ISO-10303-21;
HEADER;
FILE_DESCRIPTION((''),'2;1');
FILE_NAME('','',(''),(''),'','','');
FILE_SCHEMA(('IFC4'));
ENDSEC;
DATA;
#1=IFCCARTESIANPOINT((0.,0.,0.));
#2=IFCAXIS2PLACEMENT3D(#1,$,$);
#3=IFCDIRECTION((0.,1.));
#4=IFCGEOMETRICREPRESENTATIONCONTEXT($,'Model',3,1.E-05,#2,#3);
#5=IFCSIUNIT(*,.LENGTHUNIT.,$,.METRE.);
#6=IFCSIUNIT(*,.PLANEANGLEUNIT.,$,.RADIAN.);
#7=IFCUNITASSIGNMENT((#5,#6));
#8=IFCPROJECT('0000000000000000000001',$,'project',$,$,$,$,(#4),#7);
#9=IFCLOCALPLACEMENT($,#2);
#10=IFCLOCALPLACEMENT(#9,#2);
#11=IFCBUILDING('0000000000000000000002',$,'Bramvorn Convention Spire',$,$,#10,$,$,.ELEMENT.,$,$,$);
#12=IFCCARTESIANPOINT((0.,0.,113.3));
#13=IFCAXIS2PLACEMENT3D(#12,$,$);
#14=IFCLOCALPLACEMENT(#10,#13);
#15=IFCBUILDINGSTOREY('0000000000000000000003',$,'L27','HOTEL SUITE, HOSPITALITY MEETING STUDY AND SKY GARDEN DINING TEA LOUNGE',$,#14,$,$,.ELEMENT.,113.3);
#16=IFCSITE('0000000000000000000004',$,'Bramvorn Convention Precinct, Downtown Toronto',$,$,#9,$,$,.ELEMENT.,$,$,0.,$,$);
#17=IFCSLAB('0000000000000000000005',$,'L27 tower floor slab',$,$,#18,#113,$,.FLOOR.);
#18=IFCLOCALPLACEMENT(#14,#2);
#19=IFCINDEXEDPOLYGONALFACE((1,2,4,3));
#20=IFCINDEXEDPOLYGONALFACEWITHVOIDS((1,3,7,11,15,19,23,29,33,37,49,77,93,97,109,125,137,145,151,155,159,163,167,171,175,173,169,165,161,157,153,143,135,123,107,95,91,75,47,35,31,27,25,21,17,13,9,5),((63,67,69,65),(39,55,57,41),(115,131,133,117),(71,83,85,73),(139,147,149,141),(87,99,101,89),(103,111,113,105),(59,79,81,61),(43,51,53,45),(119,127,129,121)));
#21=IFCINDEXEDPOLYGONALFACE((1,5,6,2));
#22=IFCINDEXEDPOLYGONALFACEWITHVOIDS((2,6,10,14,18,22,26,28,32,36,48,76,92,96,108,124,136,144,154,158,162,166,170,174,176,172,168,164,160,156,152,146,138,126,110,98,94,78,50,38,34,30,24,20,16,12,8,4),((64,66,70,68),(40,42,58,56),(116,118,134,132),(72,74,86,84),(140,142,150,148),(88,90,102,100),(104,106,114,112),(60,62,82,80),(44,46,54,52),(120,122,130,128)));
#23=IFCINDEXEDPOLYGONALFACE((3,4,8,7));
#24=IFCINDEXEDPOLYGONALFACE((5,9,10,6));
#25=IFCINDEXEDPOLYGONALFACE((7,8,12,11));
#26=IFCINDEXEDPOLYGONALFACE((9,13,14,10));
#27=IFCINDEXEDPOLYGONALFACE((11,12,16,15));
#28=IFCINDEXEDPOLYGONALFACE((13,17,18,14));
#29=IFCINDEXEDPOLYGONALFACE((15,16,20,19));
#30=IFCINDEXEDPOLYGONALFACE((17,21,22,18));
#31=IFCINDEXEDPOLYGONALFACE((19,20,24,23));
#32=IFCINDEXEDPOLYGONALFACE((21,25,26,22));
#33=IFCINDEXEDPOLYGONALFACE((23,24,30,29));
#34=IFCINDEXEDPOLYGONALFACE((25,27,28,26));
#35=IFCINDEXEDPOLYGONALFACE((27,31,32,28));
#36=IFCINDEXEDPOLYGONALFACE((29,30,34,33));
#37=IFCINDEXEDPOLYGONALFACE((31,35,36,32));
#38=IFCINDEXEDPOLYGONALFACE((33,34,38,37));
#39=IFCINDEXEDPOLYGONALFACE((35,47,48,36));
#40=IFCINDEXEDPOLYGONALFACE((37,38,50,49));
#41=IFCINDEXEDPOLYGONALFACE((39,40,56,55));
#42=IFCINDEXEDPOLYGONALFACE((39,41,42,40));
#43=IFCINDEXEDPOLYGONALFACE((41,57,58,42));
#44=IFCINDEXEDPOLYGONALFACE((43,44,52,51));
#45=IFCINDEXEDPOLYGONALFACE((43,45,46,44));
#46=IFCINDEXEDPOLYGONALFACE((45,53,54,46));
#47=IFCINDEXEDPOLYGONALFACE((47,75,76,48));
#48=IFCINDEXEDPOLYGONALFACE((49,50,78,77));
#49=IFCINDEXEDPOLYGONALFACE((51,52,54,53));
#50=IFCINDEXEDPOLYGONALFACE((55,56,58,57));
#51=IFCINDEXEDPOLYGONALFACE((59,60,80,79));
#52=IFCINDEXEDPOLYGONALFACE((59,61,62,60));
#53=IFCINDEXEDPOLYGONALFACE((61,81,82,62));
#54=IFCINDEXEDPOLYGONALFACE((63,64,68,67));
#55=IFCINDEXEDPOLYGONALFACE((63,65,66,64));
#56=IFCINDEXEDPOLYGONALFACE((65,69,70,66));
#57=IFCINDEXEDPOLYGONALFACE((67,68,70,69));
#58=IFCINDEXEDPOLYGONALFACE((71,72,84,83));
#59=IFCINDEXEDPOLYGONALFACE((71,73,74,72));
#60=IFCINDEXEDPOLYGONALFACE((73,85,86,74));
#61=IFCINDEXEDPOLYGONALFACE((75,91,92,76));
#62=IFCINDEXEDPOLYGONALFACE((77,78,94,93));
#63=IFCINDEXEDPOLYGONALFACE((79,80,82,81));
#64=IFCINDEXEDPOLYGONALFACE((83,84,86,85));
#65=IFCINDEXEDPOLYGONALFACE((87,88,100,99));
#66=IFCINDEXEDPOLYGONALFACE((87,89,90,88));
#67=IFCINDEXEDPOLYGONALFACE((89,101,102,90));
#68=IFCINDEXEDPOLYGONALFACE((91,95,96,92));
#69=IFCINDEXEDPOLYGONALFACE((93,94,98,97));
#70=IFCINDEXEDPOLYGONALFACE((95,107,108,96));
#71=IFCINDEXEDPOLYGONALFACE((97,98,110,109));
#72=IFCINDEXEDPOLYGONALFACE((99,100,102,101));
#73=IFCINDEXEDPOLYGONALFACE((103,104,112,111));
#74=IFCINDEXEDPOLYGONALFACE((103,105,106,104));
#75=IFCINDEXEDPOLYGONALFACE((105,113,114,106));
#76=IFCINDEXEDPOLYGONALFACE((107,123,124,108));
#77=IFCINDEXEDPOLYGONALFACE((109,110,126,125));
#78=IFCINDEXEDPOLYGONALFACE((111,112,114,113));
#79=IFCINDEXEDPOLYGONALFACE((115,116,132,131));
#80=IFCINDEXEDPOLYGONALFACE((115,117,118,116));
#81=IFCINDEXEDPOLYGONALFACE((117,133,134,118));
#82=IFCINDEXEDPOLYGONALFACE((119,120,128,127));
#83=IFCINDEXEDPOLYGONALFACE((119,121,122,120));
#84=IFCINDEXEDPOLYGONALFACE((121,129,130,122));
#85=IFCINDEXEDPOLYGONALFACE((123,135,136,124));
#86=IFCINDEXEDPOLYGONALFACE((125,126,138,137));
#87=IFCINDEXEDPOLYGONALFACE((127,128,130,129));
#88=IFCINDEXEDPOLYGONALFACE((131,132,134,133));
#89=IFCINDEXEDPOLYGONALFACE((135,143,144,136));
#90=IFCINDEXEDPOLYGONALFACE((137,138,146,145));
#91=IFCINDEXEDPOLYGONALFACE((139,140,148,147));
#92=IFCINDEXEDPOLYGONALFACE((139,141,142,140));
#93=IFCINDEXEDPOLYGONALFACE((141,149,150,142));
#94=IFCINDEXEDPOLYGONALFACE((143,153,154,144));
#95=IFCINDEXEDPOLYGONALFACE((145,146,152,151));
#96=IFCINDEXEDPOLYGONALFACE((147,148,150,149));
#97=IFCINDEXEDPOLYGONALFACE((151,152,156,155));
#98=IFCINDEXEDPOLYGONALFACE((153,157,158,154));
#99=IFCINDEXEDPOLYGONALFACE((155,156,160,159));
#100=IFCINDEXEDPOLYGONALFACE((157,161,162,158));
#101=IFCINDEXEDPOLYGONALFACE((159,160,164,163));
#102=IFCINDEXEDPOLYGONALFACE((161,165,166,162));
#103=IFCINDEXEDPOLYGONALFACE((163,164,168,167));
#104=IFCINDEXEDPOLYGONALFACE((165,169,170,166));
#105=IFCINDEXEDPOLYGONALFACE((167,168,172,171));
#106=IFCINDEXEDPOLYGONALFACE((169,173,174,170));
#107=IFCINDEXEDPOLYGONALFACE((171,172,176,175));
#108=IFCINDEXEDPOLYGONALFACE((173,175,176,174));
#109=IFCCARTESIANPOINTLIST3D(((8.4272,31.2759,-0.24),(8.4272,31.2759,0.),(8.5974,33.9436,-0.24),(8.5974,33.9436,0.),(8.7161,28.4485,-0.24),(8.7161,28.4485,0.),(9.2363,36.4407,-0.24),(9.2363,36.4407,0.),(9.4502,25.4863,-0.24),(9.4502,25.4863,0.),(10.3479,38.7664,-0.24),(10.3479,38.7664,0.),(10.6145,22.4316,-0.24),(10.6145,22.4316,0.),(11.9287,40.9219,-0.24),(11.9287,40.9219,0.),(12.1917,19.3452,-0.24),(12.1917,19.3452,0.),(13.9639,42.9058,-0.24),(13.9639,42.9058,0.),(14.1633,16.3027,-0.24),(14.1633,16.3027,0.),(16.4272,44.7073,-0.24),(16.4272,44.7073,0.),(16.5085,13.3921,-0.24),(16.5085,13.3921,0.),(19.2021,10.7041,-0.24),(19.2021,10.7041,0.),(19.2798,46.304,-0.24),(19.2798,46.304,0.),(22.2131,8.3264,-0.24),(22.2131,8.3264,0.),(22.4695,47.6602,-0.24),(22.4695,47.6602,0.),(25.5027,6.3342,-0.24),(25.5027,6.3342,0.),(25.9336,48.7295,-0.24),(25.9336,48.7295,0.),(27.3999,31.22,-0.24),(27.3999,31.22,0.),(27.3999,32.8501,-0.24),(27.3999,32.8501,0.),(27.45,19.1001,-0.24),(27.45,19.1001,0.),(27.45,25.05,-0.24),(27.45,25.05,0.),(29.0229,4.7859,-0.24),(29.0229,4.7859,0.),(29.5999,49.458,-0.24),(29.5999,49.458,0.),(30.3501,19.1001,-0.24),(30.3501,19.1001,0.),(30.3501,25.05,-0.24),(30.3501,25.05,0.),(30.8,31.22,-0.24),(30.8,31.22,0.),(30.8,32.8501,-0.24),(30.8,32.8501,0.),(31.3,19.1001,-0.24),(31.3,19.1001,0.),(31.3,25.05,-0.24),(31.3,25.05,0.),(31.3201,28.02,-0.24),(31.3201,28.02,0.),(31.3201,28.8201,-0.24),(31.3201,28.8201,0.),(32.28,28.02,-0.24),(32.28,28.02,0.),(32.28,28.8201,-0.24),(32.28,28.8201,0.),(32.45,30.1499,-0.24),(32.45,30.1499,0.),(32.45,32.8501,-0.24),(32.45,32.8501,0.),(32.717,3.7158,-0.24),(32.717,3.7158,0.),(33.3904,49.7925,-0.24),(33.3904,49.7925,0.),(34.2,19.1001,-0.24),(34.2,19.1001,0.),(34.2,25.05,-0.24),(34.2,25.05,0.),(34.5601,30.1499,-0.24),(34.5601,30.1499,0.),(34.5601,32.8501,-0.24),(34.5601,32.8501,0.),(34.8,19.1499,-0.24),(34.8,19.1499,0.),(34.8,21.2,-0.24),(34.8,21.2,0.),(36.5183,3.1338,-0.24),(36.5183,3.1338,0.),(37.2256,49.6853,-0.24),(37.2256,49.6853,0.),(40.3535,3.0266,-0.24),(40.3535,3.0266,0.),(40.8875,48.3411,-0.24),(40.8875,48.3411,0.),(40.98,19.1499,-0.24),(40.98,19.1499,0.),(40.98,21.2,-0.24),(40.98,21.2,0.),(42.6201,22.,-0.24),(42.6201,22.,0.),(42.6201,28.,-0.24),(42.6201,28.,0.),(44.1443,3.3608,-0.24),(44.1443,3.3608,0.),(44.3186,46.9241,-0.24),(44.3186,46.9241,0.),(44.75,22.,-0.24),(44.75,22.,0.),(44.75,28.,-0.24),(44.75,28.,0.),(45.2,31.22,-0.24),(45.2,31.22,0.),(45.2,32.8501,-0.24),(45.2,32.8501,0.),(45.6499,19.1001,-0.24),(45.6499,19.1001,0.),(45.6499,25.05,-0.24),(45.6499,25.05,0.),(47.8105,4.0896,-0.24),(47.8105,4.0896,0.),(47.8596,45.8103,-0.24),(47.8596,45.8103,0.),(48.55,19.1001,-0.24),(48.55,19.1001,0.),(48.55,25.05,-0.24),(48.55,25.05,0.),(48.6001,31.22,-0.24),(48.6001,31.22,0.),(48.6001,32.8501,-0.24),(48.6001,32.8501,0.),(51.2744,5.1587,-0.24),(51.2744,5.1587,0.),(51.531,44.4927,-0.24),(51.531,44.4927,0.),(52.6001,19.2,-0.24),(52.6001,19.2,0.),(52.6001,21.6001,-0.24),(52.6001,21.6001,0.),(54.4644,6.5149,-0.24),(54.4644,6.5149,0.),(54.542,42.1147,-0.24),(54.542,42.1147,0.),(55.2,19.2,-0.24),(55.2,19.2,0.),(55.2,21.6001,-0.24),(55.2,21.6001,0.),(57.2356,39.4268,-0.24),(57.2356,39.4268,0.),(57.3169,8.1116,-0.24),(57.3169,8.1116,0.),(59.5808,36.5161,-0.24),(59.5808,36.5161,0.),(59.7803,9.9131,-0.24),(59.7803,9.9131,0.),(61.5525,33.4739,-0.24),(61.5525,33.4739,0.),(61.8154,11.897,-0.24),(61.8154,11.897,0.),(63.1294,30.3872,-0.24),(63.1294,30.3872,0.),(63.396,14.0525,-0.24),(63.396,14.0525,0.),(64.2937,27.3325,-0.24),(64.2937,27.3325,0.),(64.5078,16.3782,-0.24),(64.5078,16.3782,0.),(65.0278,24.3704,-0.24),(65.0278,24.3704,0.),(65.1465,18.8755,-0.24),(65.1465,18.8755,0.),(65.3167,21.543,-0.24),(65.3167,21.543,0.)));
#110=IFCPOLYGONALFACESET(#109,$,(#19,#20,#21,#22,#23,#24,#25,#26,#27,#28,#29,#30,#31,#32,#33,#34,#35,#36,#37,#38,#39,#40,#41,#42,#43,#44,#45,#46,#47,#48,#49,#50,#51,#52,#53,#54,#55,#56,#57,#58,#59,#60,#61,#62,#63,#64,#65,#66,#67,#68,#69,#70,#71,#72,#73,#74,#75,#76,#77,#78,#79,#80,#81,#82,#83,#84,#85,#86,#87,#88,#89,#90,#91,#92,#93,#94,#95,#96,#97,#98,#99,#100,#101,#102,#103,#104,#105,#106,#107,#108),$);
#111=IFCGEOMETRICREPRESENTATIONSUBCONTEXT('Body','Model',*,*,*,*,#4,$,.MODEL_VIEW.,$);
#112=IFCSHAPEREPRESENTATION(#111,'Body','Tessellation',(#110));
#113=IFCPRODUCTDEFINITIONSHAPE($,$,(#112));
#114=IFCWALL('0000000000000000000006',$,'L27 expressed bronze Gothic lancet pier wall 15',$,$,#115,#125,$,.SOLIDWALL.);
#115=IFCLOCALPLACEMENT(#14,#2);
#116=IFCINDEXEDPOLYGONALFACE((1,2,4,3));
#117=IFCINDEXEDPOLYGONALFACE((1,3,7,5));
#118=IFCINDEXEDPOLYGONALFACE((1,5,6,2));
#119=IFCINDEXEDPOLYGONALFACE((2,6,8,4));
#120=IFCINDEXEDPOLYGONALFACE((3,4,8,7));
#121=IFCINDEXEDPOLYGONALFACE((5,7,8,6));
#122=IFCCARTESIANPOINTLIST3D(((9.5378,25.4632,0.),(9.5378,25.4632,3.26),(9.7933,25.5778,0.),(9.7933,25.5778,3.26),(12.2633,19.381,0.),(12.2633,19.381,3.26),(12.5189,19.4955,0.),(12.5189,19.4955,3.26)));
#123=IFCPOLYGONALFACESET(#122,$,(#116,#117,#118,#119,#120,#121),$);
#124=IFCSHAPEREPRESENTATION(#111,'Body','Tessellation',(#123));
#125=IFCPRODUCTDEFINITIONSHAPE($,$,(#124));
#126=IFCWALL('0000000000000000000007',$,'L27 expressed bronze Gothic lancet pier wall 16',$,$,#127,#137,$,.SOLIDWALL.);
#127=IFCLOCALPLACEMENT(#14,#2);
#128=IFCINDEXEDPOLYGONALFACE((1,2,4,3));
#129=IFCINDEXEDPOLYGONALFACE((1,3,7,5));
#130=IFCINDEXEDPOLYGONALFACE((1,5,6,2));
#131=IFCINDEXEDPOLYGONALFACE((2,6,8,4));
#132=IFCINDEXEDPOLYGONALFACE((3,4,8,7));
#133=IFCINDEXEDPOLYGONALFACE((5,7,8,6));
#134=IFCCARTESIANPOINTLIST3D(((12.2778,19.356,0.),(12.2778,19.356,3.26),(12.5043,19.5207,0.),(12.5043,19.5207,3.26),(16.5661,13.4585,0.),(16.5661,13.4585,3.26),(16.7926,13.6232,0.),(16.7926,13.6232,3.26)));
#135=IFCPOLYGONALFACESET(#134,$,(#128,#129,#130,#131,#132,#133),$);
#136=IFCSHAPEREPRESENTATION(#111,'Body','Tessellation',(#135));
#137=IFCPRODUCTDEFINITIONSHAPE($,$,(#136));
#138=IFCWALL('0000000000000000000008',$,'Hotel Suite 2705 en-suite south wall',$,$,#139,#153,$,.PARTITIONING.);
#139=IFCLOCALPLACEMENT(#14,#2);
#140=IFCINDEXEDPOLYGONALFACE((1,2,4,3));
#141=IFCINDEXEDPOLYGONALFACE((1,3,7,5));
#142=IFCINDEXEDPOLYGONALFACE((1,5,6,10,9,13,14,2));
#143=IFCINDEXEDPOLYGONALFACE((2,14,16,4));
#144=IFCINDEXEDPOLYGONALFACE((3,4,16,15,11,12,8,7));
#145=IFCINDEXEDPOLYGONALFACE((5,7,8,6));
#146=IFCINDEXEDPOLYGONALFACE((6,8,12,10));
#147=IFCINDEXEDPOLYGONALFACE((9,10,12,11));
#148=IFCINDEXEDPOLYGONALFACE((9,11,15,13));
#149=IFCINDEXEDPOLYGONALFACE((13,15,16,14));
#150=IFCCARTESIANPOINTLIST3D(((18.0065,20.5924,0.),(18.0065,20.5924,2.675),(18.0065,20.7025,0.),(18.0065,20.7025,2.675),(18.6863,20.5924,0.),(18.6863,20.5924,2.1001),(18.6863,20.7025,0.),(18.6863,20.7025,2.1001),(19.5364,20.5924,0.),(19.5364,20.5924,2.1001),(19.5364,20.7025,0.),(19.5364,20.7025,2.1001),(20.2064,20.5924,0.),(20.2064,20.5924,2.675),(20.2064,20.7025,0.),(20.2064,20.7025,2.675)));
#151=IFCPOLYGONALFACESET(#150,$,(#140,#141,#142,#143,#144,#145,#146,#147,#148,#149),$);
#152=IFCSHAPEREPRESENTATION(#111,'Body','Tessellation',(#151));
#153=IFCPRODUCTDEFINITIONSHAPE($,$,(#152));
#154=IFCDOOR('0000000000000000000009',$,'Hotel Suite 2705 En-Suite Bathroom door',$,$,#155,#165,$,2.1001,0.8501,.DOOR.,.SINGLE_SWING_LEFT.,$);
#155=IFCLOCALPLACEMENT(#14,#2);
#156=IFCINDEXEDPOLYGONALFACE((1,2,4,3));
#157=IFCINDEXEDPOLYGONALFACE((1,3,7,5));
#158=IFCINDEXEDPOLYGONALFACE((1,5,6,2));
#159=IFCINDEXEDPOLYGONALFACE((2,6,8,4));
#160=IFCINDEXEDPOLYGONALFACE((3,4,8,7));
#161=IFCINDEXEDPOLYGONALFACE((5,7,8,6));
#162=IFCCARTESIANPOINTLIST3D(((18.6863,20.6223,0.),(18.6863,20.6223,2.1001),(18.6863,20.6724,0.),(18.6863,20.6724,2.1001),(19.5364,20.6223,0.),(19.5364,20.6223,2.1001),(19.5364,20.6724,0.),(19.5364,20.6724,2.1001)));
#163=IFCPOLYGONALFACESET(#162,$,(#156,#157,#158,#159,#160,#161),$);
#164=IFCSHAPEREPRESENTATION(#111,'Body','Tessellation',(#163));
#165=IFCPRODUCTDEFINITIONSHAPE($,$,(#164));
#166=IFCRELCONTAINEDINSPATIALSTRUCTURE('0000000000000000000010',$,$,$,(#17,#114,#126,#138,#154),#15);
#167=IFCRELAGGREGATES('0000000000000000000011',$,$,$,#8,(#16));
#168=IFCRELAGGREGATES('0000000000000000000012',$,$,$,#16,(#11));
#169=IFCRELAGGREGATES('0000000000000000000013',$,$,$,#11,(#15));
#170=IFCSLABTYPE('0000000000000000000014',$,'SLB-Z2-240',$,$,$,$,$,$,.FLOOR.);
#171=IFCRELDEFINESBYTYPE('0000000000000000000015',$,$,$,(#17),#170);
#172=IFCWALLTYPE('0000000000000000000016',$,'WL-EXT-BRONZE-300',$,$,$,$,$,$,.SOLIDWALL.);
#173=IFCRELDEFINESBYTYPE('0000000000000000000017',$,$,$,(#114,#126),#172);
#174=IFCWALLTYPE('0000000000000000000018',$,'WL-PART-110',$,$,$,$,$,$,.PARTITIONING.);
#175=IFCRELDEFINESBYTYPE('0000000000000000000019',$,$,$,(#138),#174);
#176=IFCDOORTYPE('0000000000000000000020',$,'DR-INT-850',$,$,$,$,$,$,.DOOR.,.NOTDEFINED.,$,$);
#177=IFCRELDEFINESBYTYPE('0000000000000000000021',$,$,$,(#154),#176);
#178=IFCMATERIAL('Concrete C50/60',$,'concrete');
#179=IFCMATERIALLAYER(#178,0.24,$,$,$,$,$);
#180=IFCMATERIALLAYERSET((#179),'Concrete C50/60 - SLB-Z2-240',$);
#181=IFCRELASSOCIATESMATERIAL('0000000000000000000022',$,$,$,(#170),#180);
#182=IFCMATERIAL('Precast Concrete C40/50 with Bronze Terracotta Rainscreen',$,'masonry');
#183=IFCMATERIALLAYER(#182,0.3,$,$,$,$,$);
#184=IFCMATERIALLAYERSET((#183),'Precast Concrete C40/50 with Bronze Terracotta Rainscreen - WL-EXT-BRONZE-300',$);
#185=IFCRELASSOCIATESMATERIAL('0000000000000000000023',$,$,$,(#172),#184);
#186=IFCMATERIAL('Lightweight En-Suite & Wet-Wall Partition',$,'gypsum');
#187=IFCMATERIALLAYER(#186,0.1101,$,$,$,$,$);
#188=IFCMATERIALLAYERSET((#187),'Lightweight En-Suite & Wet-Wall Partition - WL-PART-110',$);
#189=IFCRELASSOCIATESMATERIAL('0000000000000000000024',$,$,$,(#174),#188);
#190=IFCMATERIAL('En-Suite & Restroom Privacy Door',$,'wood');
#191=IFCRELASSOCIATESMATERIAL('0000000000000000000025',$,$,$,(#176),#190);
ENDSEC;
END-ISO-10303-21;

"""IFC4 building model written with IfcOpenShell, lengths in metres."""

from ifc_helpers import new_model, si_unit, direction, frame, frame_2d, origin, place, context, subcontext, project, spatial, polyline, rectangle, outline, extrude, material, layer, layer_set, type_object, element, fill, save


model = new_model("IFC4")

# Units and contexts
model_context = context("Model", 3, precision=1e-05, world=origin(), true_north=direction((0.0, 1.0)))
body_context = subcontext(model_context, "Body", "Model", "MODEL_VIEW")
ifc_project = project(units=[si_unit("LENGTHUNIT", "METRE"), si_unit("PLANEANGLEUNIT", "RADIAN")], contexts=[model_context])

# Site, building, storey
site_placement = place(None, origin())
site = spatial("IfcSite", under=ifc_project, at=site_placement, Name="Bramvorn Convention Precinct, Downtown Toronto", CompositionType="ELEMENT", RefElevation=0.0)
building_placement = place(site_placement, origin())
building = spatial("IfcBuilding", under=site, at=building_placement, Name="Bramvorn Convention Spire", CompositionType="ELEMENT")
storey_placement = place(building_placement, frame((0.0, 0.0, 113.3)))
storey = spatial("IfcBuildingStorey", under=building, at=storey_placement, Name="L27", Description="HOTEL SUITE, HOSPITALITY MEETING STUDY AND SKY GARDEN DINING TEA LOUNGE", CompositionType="ELEMENT", Elevation=113.3)

# Slab
ifc_material_1 = material(Name="Concrete C50/60", Category="concrete")
ifc_layer_1 = layer(ifc_material_1, 0.24)
ifc_layer_set_1 = layer_set([ifc_layer_1], Name="Concrete C50/60 - SLB-Z2-240")
slab_type_1 = type_object("IfcSlabType", Name="SLB-Z2-240", PredefinedType="FLOOR", material=ifc_layer_set_1)
slab_1_placement = place(storey_placement, frame((0.0, 0.0, -0.24)))
element("IfcSlab", 1, at=slab_1_placement, inside=storey, type_object=slab_type_1, Name="L27 tower floor slab", PredefinedType="FLOOR", context=body_context, shape_type="SweptSolid", body=[
    extrude(outline(polyline([(64.5078, 16.3782), (65.1465, 18.8755), (65.3167, 21.543), (65.0278, 24.3704), (64.2937, 27.3325), (63.1294, 30.3872), (61.5525, 33.4739), (59.5808, 36.5161), (57.2356, 39.4268), (54.542, 42.1147), (51.531, 44.4927), (47.8596, 45.8103), (44.3186, 46.9241), (40.8875, 48.3411), (37.2256, 49.6853), (33.3904, 49.7925), (29.5999, 49.458), (25.9336, 48.7295), (22.4695, 47.6602), (19.2798, 46.304), (16.4272, 44.7073), (13.9639, 42.9058), (11.9287, 40.9219), (10.3479, 38.7664), (9.2363, 36.4407), (8.5974, 33.9436), (8.4272, 31.2759), (8.7161, 28.4485), (9.4502, 25.4863), (10.6145, 22.4316), (12.1917, 19.3452), (14.1633, 16.3027), (16.5085, 13.3921), (19.2021, 10.7041), (22.2131, 8.3264), (25.5027, 6.3342), (29.0229, 4.7859), (32.717, 3.7158), (36.5183, 3.1338), (40.3535, 3.0266), (44.1443, 3.3608), (47.8105, 4.0896), (51.2744, 5.1587), (54.4644, 6.5149), (57.3169, 8.1116), (59.7803, 9.9131), (61.8154, 11.897), (63.396, 14.0525), (64.5078, 16.3782)]), holes=[polyline([(27.45, 25.05), (27.45, 19.1001), (30.3501, 19.1001), (30.3501, 25.05), (27.45, 25.05)]), polyline([(45.6499, 25.05), (45.6499, 19.1001), (48.55, 19.1001), (48.55, 25.05), (45.6499, 25.05)]), polyline([(31.3, 25.05), (31.3, 19.1001), (34.2, 19.1001), (34.2, 25.05), (31.3, 25.05)]), polyline([(27.3999, 31.22), (30.8, 31.22), (30.8, 32.8501), (27.3999, 32.8501), (27.3999, 31.22)]), polyline([(45.2, 31.22), (48.6001, 31.22), (48.6001, 32.8501), (45.2, 32.8501), (45.2, 31.22)]), polyline([(32.45, 30.1499), (34.5601, 30.1499), (34.5601, 32.8501), (32.45, 32.8501), (32.45, 30.1499)]), polyline([(34.8, 19.1499), (40.98, 19.1499), (40.98, 21.2), (34.8, 21.2), (34.8, 19.1499)]), polyline([(42.6201, 22.0), (44.75, 22.0), (44.75, 28.0), (42.6201, 28.0), (42.6201, 22.0)]), polyline([(31.3201, 28.02), (32.28, 28.02), (32.28, 28.8201), (31.3201, 28.8201), (31.3201, 28.02)]), polyline([(52.6001, 19.2), (55.2, 19.2), (55.2, 21.6001), (52.6001, 21.6001), (52.6001, 19.2)])]), origin(), (0.0, 0.0, 1.0), 0.24),
])

# Walls
ifc_material_2 = material(Name="Precast Concrete C40/50 with Bronze Terracotta Rainscreen", Category="masonry")
ifc_layer_2 = layer(ifc_material_2, 0.3)
ifc_layer_set_2 = layer_set([ifc_layer_2], Name="Precast Concrete C40/50 with Bronze Terracotta Rainscreen - WL-EXT-BRONZE-300")
wall_type_1 = type_object("IfcWallType", Name="WL-EXT-BRONZE-300", PredefinedType="SOLIDWALL", material=ifc_layer_set_2)
wall_1_placement = place(storey_placement, frame((12.3911, 19.4382, 0.0), z_axis=(0.0, 0.0, 1.0), x_axis=(-0.408937, 0.912563, 0.0)))
element("IfcWall", 2, at=wall_1_placement, inside=storey, type_object=wall_type_1, Name="L27 expressed bronze Gothic lancet pier wall 15", PredefinedType="SOLIDWALL", context=body_context, shape_type="SweptSolid", body=[
    extrude(rectangle(XDim=6.665, YDim=0.28, at=frame_2d((3.3325, 0.0))), origin(), (0.0, 0.0, 1.0), 3.26),
])
wall_2_placement = place(storey_placement, frame((16.6794, 13.5408, 0.0), z_axis=(0.0, 0.0, 1.0), x_axis=(-0.588106, 0.808784, 0.0)))
element("IfcWall", 3, at=wall_2_placement, inside=storey, type_object=wall_type_1, Name="L27 expressed bronze Gothic lancet pier wall 16", PredefinedType="SOLIDWALL", context=body_context, shape_type="SweptSolid", body=[
    extrude(rectangle(XDim=7.2917, YDim=0.28, at=frame_2d((3.646, 0.0))), origin(), (0.0, 0.0, 1.0), 3.26),
])

# Wall, opening, door
ifc_material_3 = material(Name="Lightweight En-Suite & Wet-Wall Partition", Category="gypsum")
ifc_layer_3 = layer(ifc_material_3, 0.1101)
ifc_layer_set_3 = layer_set([ifc_layer_3], Name="Lightweight En-Suite & Wet-Wall Partition - WL-PART-110")
wall_type_2 = type_object("IfcWallType", Name="WL-PART-110", PredefinedType="PARTITIONING", material=ifc_layer_set_3)
wall_3_placement = place(storey_placement, frame((18.0063, 20.6475, 0.0), z_axis=(0.0, 0.0, 1.0), x_axis=(1.0, 0.0, 0.0)))
wall_3 = element("IfcWall", 4, at=wall_3_placement, inside=storey, type_object=wall_type_2, Name="Hotel Suite 2705 en-suite south wall", PredefinedType="PARTITIONING", context=body_context, shape_type="SweptSolid", body=[
    extrude(rectangle(XDim=2.2, YDim=0.1101, at=frame_2d((1.1001, 0.0))), origin(), (0.0, 0.0, 1.0), 2.675),
])
opening_1_placement = place(wall_3_placement, frame((0.6799, 0.0, 0.0)))
opening_1 = element("IfcOpeningElement", 5, at=opening_1_placement, cuts=wall_3, PredefinedType="OPENING", context=body_context, shape_type="SweptSolid", body=[
    extrude(rectangle(XDim=0.8501, YDim=2.1001, at=frame_2d((0.425, 1.05))), frame((0.0, 0.0649, 0.0), z_axis=(0.0, -1.0, 0.0), x_axis=(1.0, 0.0, 0.0)), (0.0, 0.0, 1.0), 0.1301),
])
ifc_material_4 = material(Name="En-Suite & Restroom Privacy Door", Category="wood")
door_type_1 = type_object("IfcDoorType", Name="DR-INT-850", OperationType="NOTDEFINED", PredefinedType="DOOR", material=ifc_material_4)
door_1_placement = place(opening_1_placement, origin())
door_1 = element("IfcDoor", 6, at=door_1_placement, inside=storey, type_object=door_type_1, Name="Hotel Suite 2705 En-Suite Bathroom door", OperationType="SINGLE_SWING_LEFT", OverallHeight=2.1001, OverallWidth=0.8501, PredefinedType="DOOR", context=body_context, shape_type="SweptSolid", body=[
    extrude(rectangle(XDim=0.8501, YDim=2.1001, at=frame_2d((0.425, 1.05))), frame((0.0, 0.0249, 0.0), z_axis=(0.0, -1.0, 0.0), x_axis=(1.0, 0.0, 0.0)), (0.0, 0.0, 1.0), 0.05),
])
fill(opening_1, door_1)

save(model, "model.ifc")
